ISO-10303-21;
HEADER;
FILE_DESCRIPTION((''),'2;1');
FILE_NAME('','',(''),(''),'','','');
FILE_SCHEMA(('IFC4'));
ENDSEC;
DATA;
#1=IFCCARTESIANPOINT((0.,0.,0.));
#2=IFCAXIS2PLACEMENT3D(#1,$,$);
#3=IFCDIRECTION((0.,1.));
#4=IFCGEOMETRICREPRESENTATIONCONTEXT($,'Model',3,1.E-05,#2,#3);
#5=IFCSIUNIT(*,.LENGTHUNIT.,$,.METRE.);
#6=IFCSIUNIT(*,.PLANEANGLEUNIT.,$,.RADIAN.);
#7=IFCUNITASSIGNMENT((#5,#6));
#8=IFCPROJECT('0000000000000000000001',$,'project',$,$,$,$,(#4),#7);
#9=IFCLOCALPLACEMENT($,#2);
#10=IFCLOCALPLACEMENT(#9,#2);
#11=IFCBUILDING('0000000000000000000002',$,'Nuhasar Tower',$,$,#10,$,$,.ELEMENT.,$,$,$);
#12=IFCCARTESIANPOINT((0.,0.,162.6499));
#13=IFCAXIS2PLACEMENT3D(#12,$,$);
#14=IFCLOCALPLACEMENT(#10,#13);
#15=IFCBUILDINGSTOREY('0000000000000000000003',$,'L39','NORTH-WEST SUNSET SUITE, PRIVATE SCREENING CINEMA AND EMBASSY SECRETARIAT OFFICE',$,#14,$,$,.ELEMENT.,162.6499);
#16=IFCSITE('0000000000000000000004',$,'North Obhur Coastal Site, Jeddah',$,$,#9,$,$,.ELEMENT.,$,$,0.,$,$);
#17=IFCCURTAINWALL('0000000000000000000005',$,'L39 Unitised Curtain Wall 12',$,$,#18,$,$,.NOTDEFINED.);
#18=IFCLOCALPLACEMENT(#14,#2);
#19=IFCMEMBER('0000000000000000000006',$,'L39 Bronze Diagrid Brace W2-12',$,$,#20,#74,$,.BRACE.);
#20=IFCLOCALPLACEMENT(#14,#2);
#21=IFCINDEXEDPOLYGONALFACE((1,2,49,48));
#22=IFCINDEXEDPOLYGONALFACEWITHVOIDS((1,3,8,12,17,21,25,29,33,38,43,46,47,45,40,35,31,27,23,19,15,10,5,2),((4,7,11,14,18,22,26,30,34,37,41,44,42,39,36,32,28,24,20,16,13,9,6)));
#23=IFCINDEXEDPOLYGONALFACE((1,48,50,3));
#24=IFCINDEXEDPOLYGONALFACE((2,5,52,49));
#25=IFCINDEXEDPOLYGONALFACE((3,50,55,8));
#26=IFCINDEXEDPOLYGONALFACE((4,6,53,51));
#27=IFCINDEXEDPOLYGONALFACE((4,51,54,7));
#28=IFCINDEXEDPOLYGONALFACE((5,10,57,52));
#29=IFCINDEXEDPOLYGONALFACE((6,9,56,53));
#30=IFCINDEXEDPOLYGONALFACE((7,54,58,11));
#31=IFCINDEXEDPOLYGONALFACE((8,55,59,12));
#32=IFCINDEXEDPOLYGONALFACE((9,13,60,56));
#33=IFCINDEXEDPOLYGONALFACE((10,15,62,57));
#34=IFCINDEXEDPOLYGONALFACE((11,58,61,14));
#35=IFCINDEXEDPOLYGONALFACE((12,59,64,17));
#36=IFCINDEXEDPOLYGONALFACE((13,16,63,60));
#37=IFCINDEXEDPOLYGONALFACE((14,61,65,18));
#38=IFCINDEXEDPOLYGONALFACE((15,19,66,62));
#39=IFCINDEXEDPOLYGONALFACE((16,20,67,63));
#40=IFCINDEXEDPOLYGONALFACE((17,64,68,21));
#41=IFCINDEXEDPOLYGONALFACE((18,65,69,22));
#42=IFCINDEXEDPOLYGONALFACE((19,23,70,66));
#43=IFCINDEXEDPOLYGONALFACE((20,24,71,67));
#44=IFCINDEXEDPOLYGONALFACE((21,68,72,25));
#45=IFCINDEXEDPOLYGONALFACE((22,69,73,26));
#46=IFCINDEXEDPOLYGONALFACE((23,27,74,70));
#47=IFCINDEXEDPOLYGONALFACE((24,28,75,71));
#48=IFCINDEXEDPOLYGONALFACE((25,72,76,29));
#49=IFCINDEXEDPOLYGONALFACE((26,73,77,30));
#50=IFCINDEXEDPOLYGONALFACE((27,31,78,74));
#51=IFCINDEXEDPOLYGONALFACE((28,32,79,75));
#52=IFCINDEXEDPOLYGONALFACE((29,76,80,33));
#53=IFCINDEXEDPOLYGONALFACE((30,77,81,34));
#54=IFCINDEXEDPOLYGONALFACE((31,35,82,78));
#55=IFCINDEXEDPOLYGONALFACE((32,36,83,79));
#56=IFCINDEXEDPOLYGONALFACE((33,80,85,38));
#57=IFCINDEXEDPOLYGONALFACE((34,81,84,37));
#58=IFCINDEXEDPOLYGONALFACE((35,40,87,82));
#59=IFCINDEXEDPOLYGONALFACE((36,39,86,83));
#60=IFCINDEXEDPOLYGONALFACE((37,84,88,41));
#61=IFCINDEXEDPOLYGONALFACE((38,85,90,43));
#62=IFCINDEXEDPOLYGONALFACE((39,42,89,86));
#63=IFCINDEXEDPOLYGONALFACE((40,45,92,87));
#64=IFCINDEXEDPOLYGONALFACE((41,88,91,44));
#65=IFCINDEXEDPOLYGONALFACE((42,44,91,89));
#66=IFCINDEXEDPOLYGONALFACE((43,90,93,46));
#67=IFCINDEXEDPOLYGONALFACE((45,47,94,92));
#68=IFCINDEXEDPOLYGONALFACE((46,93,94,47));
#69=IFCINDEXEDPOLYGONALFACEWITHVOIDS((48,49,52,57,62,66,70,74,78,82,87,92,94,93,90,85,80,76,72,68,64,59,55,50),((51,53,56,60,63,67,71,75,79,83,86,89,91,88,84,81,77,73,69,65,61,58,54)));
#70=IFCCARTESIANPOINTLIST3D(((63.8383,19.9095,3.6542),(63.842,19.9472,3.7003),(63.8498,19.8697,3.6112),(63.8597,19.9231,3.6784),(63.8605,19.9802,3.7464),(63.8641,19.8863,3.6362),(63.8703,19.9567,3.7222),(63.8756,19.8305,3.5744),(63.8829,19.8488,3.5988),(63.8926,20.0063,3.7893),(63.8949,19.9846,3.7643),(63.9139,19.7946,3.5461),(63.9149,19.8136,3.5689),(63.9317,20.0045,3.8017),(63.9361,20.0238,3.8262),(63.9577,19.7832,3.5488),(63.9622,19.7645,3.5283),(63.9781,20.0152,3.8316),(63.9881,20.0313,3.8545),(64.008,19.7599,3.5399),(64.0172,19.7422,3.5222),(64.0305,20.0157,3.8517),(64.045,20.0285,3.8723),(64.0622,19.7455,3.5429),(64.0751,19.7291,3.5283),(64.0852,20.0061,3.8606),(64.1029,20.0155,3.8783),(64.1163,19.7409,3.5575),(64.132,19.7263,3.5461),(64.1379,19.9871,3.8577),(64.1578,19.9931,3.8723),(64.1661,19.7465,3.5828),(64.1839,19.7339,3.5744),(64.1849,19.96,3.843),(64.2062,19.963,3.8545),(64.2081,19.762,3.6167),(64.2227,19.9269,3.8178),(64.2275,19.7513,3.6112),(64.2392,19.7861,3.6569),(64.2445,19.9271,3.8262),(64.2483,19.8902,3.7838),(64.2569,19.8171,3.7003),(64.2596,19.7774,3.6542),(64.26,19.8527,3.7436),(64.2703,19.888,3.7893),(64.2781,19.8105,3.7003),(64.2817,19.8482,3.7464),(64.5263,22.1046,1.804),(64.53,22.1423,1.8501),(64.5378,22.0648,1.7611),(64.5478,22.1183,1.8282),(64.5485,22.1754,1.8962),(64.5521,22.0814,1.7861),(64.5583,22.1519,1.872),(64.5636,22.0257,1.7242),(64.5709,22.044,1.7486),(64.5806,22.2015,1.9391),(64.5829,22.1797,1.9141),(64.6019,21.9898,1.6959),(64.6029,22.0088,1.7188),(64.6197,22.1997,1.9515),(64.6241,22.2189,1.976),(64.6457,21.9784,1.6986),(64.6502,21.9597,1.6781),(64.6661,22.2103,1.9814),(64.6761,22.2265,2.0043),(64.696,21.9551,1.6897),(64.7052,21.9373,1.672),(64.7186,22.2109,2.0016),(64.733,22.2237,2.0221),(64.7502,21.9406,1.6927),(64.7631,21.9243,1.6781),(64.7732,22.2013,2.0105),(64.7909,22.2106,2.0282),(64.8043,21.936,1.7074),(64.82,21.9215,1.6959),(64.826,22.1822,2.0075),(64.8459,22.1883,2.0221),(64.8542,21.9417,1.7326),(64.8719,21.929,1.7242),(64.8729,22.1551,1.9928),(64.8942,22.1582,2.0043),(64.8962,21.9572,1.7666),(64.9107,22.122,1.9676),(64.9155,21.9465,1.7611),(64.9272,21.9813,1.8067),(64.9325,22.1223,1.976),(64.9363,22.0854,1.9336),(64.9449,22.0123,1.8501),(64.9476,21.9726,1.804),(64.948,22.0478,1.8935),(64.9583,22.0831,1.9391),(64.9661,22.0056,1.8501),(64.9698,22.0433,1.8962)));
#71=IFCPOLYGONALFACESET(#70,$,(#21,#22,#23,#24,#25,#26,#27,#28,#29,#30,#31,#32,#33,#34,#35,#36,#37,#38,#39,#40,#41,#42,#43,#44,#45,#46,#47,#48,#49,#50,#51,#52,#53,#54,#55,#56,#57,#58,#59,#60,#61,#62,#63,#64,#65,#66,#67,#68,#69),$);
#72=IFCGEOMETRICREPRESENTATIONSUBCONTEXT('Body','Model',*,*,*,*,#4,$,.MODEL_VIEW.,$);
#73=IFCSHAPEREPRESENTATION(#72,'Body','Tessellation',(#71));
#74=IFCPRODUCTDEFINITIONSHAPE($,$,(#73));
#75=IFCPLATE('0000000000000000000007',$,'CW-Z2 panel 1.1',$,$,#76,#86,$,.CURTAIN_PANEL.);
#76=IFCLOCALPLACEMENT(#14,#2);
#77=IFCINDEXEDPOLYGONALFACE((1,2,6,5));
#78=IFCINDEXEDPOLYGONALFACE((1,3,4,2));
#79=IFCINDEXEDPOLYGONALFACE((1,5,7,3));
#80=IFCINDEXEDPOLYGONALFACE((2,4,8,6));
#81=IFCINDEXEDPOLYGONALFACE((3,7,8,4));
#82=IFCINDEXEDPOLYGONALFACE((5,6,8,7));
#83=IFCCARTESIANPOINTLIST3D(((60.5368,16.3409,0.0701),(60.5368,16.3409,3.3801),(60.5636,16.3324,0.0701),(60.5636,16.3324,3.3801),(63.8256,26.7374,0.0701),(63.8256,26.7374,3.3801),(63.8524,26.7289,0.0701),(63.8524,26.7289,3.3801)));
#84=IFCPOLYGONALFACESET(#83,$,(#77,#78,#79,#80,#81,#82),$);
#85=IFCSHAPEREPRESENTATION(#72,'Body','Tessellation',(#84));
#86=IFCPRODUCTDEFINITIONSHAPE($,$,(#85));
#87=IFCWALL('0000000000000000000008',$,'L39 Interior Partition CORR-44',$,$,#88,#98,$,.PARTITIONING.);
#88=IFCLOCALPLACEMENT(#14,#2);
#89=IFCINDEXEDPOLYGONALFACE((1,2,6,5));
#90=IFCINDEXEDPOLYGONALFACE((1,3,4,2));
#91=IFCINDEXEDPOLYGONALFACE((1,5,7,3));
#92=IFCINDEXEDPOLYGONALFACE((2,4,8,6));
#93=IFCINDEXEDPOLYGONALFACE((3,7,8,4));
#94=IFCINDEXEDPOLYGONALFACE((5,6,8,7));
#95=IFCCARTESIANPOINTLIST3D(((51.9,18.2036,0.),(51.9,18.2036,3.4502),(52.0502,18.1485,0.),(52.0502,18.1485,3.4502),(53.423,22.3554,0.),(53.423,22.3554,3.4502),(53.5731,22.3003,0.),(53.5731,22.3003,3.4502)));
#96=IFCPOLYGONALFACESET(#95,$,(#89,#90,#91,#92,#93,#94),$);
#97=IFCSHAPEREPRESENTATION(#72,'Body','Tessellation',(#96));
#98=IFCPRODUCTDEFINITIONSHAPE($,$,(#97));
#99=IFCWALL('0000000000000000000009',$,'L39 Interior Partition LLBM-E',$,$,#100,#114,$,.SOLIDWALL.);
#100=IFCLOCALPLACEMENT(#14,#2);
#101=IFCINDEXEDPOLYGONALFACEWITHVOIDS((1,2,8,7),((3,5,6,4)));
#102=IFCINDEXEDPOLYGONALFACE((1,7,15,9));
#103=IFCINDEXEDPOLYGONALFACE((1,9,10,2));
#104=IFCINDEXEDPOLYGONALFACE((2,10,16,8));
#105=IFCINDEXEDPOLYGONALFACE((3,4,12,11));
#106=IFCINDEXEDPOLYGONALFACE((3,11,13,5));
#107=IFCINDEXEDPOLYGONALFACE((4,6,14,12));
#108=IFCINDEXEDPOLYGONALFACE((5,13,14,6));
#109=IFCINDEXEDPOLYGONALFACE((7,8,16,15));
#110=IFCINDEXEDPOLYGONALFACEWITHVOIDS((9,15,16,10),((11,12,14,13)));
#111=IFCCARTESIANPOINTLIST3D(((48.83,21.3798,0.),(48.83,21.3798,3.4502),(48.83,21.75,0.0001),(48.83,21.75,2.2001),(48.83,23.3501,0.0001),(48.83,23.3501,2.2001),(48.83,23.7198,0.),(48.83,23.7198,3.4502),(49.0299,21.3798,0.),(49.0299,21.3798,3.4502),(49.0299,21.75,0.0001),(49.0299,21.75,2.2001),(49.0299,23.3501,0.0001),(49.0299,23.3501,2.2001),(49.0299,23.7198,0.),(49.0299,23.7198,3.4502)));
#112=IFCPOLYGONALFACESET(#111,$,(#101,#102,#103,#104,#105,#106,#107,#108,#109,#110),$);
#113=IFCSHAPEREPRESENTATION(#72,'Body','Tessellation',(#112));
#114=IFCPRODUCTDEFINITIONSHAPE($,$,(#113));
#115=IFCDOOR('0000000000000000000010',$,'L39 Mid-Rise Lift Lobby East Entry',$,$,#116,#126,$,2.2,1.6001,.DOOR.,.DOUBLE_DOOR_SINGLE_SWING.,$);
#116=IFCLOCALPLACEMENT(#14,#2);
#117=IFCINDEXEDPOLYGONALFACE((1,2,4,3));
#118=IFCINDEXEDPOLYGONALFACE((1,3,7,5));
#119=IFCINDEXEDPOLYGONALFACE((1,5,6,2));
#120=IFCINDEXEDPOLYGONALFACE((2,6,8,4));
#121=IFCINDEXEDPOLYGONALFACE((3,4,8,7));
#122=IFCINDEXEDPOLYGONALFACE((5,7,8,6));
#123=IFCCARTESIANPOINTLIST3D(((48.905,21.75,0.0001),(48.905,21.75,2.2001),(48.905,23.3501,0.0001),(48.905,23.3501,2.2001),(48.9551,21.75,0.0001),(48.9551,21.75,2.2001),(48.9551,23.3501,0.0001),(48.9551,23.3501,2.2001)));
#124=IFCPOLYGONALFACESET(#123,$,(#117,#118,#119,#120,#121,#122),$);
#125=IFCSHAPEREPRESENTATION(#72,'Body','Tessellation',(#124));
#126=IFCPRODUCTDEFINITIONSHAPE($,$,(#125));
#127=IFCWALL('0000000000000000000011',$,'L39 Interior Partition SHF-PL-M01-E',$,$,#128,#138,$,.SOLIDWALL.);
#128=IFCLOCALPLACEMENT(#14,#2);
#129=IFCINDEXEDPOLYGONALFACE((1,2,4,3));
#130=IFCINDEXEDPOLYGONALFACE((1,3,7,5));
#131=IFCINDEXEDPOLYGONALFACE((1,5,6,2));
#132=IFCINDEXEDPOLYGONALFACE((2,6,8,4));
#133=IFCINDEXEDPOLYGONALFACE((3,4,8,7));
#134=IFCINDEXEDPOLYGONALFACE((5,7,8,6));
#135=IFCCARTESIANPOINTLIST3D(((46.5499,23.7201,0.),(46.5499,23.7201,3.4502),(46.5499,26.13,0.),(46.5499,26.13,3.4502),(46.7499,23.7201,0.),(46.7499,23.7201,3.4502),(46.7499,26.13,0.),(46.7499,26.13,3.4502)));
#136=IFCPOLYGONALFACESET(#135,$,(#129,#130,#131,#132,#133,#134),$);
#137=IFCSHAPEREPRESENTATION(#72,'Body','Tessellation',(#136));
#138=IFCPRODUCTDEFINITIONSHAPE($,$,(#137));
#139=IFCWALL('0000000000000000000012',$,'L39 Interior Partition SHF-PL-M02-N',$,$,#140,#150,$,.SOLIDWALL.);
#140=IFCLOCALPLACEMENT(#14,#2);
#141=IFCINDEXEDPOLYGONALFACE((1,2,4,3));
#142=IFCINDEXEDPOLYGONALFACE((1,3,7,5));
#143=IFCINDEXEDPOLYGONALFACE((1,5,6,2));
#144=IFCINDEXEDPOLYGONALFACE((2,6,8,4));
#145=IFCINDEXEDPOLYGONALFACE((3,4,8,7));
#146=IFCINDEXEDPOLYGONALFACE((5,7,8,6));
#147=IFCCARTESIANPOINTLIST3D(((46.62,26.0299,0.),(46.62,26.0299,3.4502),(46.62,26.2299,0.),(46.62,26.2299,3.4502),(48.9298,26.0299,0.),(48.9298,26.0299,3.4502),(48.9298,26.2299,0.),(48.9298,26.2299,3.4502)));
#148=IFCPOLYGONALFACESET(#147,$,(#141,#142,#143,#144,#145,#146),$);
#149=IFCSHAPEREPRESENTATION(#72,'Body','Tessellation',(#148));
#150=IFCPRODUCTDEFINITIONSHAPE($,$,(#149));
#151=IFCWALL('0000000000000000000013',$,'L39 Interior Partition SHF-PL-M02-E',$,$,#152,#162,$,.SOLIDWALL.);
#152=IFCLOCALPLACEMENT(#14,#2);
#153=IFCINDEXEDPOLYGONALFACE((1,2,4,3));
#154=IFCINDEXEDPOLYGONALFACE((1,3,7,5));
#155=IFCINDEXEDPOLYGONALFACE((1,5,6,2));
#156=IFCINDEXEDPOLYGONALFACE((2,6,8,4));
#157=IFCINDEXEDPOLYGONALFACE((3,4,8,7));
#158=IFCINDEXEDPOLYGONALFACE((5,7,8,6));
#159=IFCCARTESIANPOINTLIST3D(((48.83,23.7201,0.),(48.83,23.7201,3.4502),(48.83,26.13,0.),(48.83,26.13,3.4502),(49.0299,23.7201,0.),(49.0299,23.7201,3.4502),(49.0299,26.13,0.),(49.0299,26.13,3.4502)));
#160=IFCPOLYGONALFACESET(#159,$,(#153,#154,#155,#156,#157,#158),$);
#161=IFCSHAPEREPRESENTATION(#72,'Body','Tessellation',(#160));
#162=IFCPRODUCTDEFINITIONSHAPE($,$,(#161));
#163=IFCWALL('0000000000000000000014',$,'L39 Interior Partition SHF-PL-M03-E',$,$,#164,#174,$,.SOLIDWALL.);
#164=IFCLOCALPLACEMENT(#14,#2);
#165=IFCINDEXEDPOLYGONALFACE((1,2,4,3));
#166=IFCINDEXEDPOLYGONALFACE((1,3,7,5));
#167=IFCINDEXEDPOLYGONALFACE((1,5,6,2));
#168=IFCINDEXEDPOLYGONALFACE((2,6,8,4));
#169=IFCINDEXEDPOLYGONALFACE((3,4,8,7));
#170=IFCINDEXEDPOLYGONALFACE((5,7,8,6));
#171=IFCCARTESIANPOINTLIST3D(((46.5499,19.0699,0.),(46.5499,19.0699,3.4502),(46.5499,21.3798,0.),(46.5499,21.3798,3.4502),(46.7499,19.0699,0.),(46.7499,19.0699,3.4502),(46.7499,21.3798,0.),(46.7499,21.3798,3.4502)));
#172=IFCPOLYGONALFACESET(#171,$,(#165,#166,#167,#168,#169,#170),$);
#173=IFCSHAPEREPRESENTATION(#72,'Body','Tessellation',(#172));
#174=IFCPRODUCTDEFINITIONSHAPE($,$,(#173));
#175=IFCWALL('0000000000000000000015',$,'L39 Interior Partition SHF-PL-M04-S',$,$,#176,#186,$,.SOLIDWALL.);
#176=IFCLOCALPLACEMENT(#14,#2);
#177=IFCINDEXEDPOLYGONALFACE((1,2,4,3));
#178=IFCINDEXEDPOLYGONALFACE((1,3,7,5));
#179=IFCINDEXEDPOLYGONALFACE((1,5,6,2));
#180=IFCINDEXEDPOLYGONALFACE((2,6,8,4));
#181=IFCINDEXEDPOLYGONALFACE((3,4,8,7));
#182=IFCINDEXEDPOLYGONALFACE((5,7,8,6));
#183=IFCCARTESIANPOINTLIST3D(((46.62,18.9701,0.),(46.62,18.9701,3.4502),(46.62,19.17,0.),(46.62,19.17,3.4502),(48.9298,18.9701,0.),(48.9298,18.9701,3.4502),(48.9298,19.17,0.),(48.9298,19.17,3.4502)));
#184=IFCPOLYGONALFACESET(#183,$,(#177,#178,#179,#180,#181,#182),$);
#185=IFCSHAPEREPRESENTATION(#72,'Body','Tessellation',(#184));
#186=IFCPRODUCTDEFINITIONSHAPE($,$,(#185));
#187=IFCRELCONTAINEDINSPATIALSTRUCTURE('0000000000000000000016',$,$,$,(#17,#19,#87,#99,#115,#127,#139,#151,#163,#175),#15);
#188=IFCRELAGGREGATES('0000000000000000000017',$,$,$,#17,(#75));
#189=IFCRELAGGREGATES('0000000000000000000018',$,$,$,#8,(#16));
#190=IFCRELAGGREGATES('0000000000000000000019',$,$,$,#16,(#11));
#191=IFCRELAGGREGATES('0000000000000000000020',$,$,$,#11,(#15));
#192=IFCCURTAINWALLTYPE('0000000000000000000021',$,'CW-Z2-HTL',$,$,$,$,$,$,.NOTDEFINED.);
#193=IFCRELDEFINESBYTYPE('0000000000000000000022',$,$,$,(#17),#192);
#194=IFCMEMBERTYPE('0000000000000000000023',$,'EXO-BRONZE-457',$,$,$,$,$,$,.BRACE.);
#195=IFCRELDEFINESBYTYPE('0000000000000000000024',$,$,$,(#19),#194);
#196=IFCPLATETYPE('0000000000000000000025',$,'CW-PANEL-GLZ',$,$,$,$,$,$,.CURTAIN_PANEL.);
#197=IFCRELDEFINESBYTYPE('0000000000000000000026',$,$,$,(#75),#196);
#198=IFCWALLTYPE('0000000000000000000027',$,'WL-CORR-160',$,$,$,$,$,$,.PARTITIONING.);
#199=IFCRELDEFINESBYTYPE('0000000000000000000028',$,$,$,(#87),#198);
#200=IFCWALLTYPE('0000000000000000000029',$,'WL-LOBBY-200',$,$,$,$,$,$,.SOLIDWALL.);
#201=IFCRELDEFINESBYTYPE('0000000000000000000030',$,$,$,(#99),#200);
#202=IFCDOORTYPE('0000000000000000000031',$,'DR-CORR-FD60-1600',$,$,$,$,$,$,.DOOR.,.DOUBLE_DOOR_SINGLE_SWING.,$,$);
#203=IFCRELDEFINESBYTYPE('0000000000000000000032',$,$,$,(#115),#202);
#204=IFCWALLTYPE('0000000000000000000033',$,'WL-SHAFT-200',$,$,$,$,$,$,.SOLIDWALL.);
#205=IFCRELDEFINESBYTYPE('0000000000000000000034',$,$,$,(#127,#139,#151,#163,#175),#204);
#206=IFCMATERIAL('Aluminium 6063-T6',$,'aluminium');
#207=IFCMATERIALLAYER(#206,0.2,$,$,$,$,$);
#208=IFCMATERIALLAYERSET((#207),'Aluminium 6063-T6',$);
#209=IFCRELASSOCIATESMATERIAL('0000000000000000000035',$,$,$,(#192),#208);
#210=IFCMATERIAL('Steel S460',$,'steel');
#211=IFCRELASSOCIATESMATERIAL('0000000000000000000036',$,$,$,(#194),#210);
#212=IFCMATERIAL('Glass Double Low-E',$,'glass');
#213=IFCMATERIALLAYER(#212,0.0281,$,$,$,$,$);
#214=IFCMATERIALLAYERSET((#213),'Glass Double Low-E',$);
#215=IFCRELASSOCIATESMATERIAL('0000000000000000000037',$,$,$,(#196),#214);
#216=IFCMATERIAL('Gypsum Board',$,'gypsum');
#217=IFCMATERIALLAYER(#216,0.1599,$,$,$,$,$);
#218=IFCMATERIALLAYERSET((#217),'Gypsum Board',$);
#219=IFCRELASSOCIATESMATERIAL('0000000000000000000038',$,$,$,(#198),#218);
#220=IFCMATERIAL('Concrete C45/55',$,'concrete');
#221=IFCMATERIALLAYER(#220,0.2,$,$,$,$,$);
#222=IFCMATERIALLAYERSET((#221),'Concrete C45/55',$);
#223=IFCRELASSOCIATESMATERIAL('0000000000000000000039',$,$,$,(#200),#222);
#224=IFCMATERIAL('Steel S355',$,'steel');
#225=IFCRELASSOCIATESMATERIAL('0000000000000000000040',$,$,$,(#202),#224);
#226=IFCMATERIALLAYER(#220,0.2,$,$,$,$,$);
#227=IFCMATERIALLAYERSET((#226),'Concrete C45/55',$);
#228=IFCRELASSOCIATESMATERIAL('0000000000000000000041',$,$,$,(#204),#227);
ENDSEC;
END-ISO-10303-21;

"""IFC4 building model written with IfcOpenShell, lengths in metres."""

from ifc_helpers import new_model, si_unit, direction, frame, frame_2d, origin, origin_2d, place, context, subcontext, project, spatial, rectangle, hollow_circle, extrude, material, layer, layer_set, material_profile, profile_set, type_object, element, fill, aggregate, save


model = new_model("IFC4")

# Units and contexts
model_context = context("Model", 3, precision=1e-05, world=origin(), true_north=direction((0.0, 1.0)))
body_context = subcontext(model_context, "Body", "Model", "MODEL_VIEW")
ifc_project = project(units=[si_unit("LENGTHUNIT", "METRE"), si_unit("PLANEANGLEUNIT", "RADIAN")], contexts=[model_context])

# Site, building, storey
site_placement = place(None, origin())
site = spatial("IfcSite", under=ifc_project, at=site_placement, Name="North Obhur Coastal Site, Jeddah", CompositionType="ELEMENT", RefElevation=0.0)
building_placement = place(site_placement, origin())
building = spatial("IfcBuilding", under=site, at=building_placement, Name="Nuhasar Tower", CompositionType="ELEMENT")
storey_placement = place(building_placement, frame((0.0, 0.0, 162.6499)))
storey = spatial("IfcBuildingStorey", under=building, at=storey_placement, Name="L39", Description="NORTH-WEST SUNSET SUITE, PRIVATE SCREENING CINEMA AND EMBASSY SECRETARIAT OFFICE", CompositionType="ELEMENT", Elevation=162.6499)

# Shared definitions
ifc_material_1 = material(Name="Steel S355", Category="steel")

# Curtain wall
ifc_material_2 = material(Name="Aluminium 6063-T6", Category="aluminium")
ifc_layer_1 = layer(ifc_material_2, 0.2)
ifc_layer_set_1 = layer_set([ifc_layer_1], Name="Aluminium 6063-T6")
curtain_wall_type = type_object("IfcCurtainWallType", Name="CW-Z2-HTL", PredefinedType="NOTDEFINED", material=ifc_layer_set_1)
curtain_wall_placement = place(storey_placement, origin())
curtain_wall = element("IfcCurtainWall", 1, at=curtain_wall_placement, inside=storey, type_object=curtain_wall_type, Name="L39 Unitised Curtain Wall 12", PredefinedType="NOTDEFINED")

# Member
ifc_material_3 = material(Name="Steel S460", Category="steel")
ifc_material_profile_1 = material_profile(ifc_material_3, hollow_circle(Radius=0.2285, WallThickness=0.0222, at=origin_2d()), Name="HSS457X22.2")
ifc_profile_set_1 = profile_set([ifc_material_profile_1], Name="Steel S460")
member_type_1 = type_object("IfcMemberType", Name="EXO-BRONZE-457", PredefinedType="BRACE", material=ifc_profile_set_1)
for number, where, z_axis, x_axis, name in (
    (2, (64.748, 22.074, 1.8501), (-0.233056, -0.743578, 0.626719), (0.954228, -0.299079, 0.0), "L39 Bronze Diagrid Brace W2-12"),
):
    element("IfcMember", number, at=place(storey_placement, frame(where, z_axis=z_axis, x_axis=x_axis)), inside=storey, type_object=member_type_1, Name=name, PredefinedType="BRACE", context=body_context, shape_type="SweptSolid", body=[
        extrude(hollow_circle(Radius=0.2285, WallThickness=0.0222, at=origin_2d()), origin(), (0.0, 0.0, 1.0), 2.9521),
    ])

# Plate
ifc_material_4 = material(Name="Glass Double Low-E", Category="glass")
ifc_layer_2 = layer(ifc_material_4, 0.0281)
ifc_layer_set_2 = layer_set([ifc_layer_2], Name="Glass Double Low-E")
plate_type = type_object("IfcPlateType", Name="CW-PANEL-GLZ", PredefinedType="CURTAIN_PANEL", material=ifc_layer_set_2)
plate_placement = place(storey_placement, frame((62.1946, 21.5349, 0.0701), z_axis=(0.0, 0.0, 1.0), x_axis=(0.301604, 0.953433, 0.0)))
plate = element("IfcPlate", 3, at=plate_placement, type_object=plate_type, Name="CW-Z2 panel 1.1", PredefinedType="CURTAIN_PANEL", context=body_context, shape_type="SweptSolid", body=[
    extrude(rectangle(XDim=10.9043, YDim=0.0281, at=origin_2d()), origin(), (0.0, 0.0, 1.0), 3.3101),
])
aggregate(curtain_wall, [plate])

# Wall
ifc_material_5 = material(Name="Gypsum Board", Category="gypsum")
ifc_layer_3 = layer(ifc_material_5, 0.1599)
ifc_layer_set_3 = layer_set([ifc_layer_3], Name="Gypsum Board")
wall_type_1 = type_object("IfcWallType", Name="WL-CORR-160", PredefinedType="PARTITIONING", material=ifc_layer_set_3)
wall_1_placement = place(storey_placement, frame((51.9751, 18.176, 0.0), z_axis=(0.0, 0.0, 1.0), x_axis=(0.344375, 0.938832, 0.0)))
element("IfcWall", 4, at=wall_1_placement, inside=storey, type_object=wall_type_1, Name="L39 Interior Partition CORR-44", PredefinedType="PARTITIONING", context=body_context, shape_type="SweptSolid", body=[
    extrude(rectangle(XDim=4.4224, YDim=0.1599, at=frame_2d((2.2112, 0.0))), origin(), (0.0, 0.0, 1.0), 3.4502),
])

# Wall, opening, door
ifc_material_6 = material(Name="Concrete C45/55", Category="concrete")
ifc_layer_4 = layer(ifc_material_6, 0.2)
ifc_layer_set_4 = layer_set([ifc_layer_4], Name="Concrete C45/55")
wall_type_2 = type_object("IfcWallType", Name="WL-LOBBY-200", PredefinedType="SOLIDWALL", material=ifc_layer_set_4)
wall_2_placement = place(storey_placement, frame((48.9299, 21.3799, 0.0), z_axis=(0.0, 0.0, 1.0), x_axis=(0.0, 1.0, 0.0)))
wall_2 = element("IfcWall", 5, at=wall_2_placement, inside=storey, type_object=wall_type_2, Name="L39 Interior Partition LLBM-E", PredefinedType="SOLIDWALL", context=body_context, shape_type="SweptSolid", body=[
    extrude(rectangle(XDim=2.3401, YDim=0.2, at=frame_2d((1.1699, 0.0))), origin(), (0.0, 0.0, 1.0), 3.4502),
])
opening_1_placement = place(wall_2_placement, frame((0.3701, 0.0, 0.0)))
opening_1 = element("IfcOpeningElement", 6, at=opening_1_placement, cuts=wall_2, PredefinedType="OPENING", context=body_context, shape_type="SweptSolid", body=[
    extrude(rectangle(XDim=1.6001, YDim=2.2, at=frame_2d((0.8, 1.1001))), frame((0.0, 0.1099, 0.0), z_axis=(0.0, -1.0, 0.0), x_axis=(1.0, 0.0, 0.0)), (0.0, 0.0, 1.0), 0.22),
])
door_type_1 = type_object("IfcDoorType", Name="DR-CORR-FD60-1600", OperationType="DOUBLE_DOOR_SINGLE_SWING", PredefinedType="DOOR", material=ifc_material_1)
door_1_placement = place(opening_1_placement, origin())
door_1 = element("IfcDoor", 7, at=door_1_placement, inside=storey, type_object=door_type_1, Name="L39 Mid-Rise Lift Lobby East Entry", OperationType="DOUBLE_DOOR_SINGLE_SWING", OverallHeight=2.2, OverallWidth=1.6001, PredefinedType="DOOR", context=body_context, shape_type="SweptSolid", body=[
    extrude(rectangle(XDim=1.6001, YDim=2.2, at=frame_2d((0.8, 1.1001))), frame((0.0, 0.0249, 0.0), z_axis=(0.0, -1.0, 0.0), x_axis=(1.0, 0.0, 0.0)), (0.0, 0.0, 1.0), 0.05),
])
fill(opening_1, door_1)

# Wall
ifc_layer_5 = layer(ifc_material_6, 0.2)
ifc_layer_set_5 = layer_set([ifc_layer_5], Name="Concrete C45/55")
wall_type_3 = type_object("IfcWallType", Name="WL-SHAFT-200", PredefinedType="SOLIDWALL", material=ifc_layer_set_5)
wall_3_placement = place(storey_placement, frame((46.6499, 23.72, 0.0), z_axis=(0.0, 0.0, 1.0), x_axis=(0.0, 1.0, 0.0)))
element("IfcWall", 8, at=wall_3_placement, inside=storey, type_object=wall_type_3, Name="L39 Interior Partition SHF-PL-M01-E", PredefinedType="SOLIDWALL", context=body_context, shape_type="SweptSolid", body=[
    extrude(rectangle(XDim=2.4099, YDim=0.2, at=frame_2d((1.2051, 0.0))), origin(), (0.0, 0.0, 1.0), 3.4502),
])

# Walls
wall_4_placement = place(storey_placement, frame((46.6201, 26.1299, 0.0), z_axis=(0.0, 0.0, 1.0), x_axis=(1.0, 0.0, 0.0)))
element("IfcWall", 9, at=wall_4_placement, inside=storey, type_object=wall_type_3, Name="L39 Interior Partition SHF-PL-M02-N", PredefinedType="SOLIDWALL", context=body_context, shape_type="SweptSolid", body=[
    extrude(rectangle(XDim=2.3098, YDim=0.2, at=frame_2d((1.1548, 0.0))), origin(), (0.0, 0.0, 1.0), 3.4502),
])
wall_5_placement = place(storey_placement, frame((48.9299, 23.72, 0.0), z_axis=(0.0, 0.0, 1.0), x_axis=(0.0, 1.0, 0.0)))
element("IfcWall", 10, at=wall_5_placement, inside=storey, type_object=wall_type_3, Name="L39 Interior Partition SHF-PL-M02-E", PredefinedType="SOLIDWALL", context=body_context, shape_type="SweptSolid", body=[
    extrude(rectangle(XDim=2.4099, YDim=0.2, at=frame_2d((1.2051, 0.0))), origin(), (0.0, 0.0, 1.0), 3.4502),
])
for number, where, z_axis, x_axis, name in (
    (11, (46.6499, 19.0701, 0.0), (0.0, 0.0, 1.0), (0.0, 1.0, 0.0), "L39 Interior Partition SHF-PL-M03-E"),
    (12, (46.6201, 19.0701, 0.0), (0.0, 0.0, 1.0), (1.0, 0.0, 0.0), "L39 Interior Partition SHF-PL-M04-S"),
):
    element("IfcWall", number, at=place(storey_placement, frame(where, z_axis=z_axis, x_axis=x_axis)), inside=storey, type_object=wall_type_3, Name=name, PredefinedType="SOLIDWALL", context=body_context, shape_type="SweptSolid", body=[
        extrude(rectangle(XDim=2.3098, YDim=0.2, at=frame_2d((1.1548, 0.0))), origin(), (0.0, 0.0, 1.0), 3.4502),
    ])

save(model, "model.ifc")
